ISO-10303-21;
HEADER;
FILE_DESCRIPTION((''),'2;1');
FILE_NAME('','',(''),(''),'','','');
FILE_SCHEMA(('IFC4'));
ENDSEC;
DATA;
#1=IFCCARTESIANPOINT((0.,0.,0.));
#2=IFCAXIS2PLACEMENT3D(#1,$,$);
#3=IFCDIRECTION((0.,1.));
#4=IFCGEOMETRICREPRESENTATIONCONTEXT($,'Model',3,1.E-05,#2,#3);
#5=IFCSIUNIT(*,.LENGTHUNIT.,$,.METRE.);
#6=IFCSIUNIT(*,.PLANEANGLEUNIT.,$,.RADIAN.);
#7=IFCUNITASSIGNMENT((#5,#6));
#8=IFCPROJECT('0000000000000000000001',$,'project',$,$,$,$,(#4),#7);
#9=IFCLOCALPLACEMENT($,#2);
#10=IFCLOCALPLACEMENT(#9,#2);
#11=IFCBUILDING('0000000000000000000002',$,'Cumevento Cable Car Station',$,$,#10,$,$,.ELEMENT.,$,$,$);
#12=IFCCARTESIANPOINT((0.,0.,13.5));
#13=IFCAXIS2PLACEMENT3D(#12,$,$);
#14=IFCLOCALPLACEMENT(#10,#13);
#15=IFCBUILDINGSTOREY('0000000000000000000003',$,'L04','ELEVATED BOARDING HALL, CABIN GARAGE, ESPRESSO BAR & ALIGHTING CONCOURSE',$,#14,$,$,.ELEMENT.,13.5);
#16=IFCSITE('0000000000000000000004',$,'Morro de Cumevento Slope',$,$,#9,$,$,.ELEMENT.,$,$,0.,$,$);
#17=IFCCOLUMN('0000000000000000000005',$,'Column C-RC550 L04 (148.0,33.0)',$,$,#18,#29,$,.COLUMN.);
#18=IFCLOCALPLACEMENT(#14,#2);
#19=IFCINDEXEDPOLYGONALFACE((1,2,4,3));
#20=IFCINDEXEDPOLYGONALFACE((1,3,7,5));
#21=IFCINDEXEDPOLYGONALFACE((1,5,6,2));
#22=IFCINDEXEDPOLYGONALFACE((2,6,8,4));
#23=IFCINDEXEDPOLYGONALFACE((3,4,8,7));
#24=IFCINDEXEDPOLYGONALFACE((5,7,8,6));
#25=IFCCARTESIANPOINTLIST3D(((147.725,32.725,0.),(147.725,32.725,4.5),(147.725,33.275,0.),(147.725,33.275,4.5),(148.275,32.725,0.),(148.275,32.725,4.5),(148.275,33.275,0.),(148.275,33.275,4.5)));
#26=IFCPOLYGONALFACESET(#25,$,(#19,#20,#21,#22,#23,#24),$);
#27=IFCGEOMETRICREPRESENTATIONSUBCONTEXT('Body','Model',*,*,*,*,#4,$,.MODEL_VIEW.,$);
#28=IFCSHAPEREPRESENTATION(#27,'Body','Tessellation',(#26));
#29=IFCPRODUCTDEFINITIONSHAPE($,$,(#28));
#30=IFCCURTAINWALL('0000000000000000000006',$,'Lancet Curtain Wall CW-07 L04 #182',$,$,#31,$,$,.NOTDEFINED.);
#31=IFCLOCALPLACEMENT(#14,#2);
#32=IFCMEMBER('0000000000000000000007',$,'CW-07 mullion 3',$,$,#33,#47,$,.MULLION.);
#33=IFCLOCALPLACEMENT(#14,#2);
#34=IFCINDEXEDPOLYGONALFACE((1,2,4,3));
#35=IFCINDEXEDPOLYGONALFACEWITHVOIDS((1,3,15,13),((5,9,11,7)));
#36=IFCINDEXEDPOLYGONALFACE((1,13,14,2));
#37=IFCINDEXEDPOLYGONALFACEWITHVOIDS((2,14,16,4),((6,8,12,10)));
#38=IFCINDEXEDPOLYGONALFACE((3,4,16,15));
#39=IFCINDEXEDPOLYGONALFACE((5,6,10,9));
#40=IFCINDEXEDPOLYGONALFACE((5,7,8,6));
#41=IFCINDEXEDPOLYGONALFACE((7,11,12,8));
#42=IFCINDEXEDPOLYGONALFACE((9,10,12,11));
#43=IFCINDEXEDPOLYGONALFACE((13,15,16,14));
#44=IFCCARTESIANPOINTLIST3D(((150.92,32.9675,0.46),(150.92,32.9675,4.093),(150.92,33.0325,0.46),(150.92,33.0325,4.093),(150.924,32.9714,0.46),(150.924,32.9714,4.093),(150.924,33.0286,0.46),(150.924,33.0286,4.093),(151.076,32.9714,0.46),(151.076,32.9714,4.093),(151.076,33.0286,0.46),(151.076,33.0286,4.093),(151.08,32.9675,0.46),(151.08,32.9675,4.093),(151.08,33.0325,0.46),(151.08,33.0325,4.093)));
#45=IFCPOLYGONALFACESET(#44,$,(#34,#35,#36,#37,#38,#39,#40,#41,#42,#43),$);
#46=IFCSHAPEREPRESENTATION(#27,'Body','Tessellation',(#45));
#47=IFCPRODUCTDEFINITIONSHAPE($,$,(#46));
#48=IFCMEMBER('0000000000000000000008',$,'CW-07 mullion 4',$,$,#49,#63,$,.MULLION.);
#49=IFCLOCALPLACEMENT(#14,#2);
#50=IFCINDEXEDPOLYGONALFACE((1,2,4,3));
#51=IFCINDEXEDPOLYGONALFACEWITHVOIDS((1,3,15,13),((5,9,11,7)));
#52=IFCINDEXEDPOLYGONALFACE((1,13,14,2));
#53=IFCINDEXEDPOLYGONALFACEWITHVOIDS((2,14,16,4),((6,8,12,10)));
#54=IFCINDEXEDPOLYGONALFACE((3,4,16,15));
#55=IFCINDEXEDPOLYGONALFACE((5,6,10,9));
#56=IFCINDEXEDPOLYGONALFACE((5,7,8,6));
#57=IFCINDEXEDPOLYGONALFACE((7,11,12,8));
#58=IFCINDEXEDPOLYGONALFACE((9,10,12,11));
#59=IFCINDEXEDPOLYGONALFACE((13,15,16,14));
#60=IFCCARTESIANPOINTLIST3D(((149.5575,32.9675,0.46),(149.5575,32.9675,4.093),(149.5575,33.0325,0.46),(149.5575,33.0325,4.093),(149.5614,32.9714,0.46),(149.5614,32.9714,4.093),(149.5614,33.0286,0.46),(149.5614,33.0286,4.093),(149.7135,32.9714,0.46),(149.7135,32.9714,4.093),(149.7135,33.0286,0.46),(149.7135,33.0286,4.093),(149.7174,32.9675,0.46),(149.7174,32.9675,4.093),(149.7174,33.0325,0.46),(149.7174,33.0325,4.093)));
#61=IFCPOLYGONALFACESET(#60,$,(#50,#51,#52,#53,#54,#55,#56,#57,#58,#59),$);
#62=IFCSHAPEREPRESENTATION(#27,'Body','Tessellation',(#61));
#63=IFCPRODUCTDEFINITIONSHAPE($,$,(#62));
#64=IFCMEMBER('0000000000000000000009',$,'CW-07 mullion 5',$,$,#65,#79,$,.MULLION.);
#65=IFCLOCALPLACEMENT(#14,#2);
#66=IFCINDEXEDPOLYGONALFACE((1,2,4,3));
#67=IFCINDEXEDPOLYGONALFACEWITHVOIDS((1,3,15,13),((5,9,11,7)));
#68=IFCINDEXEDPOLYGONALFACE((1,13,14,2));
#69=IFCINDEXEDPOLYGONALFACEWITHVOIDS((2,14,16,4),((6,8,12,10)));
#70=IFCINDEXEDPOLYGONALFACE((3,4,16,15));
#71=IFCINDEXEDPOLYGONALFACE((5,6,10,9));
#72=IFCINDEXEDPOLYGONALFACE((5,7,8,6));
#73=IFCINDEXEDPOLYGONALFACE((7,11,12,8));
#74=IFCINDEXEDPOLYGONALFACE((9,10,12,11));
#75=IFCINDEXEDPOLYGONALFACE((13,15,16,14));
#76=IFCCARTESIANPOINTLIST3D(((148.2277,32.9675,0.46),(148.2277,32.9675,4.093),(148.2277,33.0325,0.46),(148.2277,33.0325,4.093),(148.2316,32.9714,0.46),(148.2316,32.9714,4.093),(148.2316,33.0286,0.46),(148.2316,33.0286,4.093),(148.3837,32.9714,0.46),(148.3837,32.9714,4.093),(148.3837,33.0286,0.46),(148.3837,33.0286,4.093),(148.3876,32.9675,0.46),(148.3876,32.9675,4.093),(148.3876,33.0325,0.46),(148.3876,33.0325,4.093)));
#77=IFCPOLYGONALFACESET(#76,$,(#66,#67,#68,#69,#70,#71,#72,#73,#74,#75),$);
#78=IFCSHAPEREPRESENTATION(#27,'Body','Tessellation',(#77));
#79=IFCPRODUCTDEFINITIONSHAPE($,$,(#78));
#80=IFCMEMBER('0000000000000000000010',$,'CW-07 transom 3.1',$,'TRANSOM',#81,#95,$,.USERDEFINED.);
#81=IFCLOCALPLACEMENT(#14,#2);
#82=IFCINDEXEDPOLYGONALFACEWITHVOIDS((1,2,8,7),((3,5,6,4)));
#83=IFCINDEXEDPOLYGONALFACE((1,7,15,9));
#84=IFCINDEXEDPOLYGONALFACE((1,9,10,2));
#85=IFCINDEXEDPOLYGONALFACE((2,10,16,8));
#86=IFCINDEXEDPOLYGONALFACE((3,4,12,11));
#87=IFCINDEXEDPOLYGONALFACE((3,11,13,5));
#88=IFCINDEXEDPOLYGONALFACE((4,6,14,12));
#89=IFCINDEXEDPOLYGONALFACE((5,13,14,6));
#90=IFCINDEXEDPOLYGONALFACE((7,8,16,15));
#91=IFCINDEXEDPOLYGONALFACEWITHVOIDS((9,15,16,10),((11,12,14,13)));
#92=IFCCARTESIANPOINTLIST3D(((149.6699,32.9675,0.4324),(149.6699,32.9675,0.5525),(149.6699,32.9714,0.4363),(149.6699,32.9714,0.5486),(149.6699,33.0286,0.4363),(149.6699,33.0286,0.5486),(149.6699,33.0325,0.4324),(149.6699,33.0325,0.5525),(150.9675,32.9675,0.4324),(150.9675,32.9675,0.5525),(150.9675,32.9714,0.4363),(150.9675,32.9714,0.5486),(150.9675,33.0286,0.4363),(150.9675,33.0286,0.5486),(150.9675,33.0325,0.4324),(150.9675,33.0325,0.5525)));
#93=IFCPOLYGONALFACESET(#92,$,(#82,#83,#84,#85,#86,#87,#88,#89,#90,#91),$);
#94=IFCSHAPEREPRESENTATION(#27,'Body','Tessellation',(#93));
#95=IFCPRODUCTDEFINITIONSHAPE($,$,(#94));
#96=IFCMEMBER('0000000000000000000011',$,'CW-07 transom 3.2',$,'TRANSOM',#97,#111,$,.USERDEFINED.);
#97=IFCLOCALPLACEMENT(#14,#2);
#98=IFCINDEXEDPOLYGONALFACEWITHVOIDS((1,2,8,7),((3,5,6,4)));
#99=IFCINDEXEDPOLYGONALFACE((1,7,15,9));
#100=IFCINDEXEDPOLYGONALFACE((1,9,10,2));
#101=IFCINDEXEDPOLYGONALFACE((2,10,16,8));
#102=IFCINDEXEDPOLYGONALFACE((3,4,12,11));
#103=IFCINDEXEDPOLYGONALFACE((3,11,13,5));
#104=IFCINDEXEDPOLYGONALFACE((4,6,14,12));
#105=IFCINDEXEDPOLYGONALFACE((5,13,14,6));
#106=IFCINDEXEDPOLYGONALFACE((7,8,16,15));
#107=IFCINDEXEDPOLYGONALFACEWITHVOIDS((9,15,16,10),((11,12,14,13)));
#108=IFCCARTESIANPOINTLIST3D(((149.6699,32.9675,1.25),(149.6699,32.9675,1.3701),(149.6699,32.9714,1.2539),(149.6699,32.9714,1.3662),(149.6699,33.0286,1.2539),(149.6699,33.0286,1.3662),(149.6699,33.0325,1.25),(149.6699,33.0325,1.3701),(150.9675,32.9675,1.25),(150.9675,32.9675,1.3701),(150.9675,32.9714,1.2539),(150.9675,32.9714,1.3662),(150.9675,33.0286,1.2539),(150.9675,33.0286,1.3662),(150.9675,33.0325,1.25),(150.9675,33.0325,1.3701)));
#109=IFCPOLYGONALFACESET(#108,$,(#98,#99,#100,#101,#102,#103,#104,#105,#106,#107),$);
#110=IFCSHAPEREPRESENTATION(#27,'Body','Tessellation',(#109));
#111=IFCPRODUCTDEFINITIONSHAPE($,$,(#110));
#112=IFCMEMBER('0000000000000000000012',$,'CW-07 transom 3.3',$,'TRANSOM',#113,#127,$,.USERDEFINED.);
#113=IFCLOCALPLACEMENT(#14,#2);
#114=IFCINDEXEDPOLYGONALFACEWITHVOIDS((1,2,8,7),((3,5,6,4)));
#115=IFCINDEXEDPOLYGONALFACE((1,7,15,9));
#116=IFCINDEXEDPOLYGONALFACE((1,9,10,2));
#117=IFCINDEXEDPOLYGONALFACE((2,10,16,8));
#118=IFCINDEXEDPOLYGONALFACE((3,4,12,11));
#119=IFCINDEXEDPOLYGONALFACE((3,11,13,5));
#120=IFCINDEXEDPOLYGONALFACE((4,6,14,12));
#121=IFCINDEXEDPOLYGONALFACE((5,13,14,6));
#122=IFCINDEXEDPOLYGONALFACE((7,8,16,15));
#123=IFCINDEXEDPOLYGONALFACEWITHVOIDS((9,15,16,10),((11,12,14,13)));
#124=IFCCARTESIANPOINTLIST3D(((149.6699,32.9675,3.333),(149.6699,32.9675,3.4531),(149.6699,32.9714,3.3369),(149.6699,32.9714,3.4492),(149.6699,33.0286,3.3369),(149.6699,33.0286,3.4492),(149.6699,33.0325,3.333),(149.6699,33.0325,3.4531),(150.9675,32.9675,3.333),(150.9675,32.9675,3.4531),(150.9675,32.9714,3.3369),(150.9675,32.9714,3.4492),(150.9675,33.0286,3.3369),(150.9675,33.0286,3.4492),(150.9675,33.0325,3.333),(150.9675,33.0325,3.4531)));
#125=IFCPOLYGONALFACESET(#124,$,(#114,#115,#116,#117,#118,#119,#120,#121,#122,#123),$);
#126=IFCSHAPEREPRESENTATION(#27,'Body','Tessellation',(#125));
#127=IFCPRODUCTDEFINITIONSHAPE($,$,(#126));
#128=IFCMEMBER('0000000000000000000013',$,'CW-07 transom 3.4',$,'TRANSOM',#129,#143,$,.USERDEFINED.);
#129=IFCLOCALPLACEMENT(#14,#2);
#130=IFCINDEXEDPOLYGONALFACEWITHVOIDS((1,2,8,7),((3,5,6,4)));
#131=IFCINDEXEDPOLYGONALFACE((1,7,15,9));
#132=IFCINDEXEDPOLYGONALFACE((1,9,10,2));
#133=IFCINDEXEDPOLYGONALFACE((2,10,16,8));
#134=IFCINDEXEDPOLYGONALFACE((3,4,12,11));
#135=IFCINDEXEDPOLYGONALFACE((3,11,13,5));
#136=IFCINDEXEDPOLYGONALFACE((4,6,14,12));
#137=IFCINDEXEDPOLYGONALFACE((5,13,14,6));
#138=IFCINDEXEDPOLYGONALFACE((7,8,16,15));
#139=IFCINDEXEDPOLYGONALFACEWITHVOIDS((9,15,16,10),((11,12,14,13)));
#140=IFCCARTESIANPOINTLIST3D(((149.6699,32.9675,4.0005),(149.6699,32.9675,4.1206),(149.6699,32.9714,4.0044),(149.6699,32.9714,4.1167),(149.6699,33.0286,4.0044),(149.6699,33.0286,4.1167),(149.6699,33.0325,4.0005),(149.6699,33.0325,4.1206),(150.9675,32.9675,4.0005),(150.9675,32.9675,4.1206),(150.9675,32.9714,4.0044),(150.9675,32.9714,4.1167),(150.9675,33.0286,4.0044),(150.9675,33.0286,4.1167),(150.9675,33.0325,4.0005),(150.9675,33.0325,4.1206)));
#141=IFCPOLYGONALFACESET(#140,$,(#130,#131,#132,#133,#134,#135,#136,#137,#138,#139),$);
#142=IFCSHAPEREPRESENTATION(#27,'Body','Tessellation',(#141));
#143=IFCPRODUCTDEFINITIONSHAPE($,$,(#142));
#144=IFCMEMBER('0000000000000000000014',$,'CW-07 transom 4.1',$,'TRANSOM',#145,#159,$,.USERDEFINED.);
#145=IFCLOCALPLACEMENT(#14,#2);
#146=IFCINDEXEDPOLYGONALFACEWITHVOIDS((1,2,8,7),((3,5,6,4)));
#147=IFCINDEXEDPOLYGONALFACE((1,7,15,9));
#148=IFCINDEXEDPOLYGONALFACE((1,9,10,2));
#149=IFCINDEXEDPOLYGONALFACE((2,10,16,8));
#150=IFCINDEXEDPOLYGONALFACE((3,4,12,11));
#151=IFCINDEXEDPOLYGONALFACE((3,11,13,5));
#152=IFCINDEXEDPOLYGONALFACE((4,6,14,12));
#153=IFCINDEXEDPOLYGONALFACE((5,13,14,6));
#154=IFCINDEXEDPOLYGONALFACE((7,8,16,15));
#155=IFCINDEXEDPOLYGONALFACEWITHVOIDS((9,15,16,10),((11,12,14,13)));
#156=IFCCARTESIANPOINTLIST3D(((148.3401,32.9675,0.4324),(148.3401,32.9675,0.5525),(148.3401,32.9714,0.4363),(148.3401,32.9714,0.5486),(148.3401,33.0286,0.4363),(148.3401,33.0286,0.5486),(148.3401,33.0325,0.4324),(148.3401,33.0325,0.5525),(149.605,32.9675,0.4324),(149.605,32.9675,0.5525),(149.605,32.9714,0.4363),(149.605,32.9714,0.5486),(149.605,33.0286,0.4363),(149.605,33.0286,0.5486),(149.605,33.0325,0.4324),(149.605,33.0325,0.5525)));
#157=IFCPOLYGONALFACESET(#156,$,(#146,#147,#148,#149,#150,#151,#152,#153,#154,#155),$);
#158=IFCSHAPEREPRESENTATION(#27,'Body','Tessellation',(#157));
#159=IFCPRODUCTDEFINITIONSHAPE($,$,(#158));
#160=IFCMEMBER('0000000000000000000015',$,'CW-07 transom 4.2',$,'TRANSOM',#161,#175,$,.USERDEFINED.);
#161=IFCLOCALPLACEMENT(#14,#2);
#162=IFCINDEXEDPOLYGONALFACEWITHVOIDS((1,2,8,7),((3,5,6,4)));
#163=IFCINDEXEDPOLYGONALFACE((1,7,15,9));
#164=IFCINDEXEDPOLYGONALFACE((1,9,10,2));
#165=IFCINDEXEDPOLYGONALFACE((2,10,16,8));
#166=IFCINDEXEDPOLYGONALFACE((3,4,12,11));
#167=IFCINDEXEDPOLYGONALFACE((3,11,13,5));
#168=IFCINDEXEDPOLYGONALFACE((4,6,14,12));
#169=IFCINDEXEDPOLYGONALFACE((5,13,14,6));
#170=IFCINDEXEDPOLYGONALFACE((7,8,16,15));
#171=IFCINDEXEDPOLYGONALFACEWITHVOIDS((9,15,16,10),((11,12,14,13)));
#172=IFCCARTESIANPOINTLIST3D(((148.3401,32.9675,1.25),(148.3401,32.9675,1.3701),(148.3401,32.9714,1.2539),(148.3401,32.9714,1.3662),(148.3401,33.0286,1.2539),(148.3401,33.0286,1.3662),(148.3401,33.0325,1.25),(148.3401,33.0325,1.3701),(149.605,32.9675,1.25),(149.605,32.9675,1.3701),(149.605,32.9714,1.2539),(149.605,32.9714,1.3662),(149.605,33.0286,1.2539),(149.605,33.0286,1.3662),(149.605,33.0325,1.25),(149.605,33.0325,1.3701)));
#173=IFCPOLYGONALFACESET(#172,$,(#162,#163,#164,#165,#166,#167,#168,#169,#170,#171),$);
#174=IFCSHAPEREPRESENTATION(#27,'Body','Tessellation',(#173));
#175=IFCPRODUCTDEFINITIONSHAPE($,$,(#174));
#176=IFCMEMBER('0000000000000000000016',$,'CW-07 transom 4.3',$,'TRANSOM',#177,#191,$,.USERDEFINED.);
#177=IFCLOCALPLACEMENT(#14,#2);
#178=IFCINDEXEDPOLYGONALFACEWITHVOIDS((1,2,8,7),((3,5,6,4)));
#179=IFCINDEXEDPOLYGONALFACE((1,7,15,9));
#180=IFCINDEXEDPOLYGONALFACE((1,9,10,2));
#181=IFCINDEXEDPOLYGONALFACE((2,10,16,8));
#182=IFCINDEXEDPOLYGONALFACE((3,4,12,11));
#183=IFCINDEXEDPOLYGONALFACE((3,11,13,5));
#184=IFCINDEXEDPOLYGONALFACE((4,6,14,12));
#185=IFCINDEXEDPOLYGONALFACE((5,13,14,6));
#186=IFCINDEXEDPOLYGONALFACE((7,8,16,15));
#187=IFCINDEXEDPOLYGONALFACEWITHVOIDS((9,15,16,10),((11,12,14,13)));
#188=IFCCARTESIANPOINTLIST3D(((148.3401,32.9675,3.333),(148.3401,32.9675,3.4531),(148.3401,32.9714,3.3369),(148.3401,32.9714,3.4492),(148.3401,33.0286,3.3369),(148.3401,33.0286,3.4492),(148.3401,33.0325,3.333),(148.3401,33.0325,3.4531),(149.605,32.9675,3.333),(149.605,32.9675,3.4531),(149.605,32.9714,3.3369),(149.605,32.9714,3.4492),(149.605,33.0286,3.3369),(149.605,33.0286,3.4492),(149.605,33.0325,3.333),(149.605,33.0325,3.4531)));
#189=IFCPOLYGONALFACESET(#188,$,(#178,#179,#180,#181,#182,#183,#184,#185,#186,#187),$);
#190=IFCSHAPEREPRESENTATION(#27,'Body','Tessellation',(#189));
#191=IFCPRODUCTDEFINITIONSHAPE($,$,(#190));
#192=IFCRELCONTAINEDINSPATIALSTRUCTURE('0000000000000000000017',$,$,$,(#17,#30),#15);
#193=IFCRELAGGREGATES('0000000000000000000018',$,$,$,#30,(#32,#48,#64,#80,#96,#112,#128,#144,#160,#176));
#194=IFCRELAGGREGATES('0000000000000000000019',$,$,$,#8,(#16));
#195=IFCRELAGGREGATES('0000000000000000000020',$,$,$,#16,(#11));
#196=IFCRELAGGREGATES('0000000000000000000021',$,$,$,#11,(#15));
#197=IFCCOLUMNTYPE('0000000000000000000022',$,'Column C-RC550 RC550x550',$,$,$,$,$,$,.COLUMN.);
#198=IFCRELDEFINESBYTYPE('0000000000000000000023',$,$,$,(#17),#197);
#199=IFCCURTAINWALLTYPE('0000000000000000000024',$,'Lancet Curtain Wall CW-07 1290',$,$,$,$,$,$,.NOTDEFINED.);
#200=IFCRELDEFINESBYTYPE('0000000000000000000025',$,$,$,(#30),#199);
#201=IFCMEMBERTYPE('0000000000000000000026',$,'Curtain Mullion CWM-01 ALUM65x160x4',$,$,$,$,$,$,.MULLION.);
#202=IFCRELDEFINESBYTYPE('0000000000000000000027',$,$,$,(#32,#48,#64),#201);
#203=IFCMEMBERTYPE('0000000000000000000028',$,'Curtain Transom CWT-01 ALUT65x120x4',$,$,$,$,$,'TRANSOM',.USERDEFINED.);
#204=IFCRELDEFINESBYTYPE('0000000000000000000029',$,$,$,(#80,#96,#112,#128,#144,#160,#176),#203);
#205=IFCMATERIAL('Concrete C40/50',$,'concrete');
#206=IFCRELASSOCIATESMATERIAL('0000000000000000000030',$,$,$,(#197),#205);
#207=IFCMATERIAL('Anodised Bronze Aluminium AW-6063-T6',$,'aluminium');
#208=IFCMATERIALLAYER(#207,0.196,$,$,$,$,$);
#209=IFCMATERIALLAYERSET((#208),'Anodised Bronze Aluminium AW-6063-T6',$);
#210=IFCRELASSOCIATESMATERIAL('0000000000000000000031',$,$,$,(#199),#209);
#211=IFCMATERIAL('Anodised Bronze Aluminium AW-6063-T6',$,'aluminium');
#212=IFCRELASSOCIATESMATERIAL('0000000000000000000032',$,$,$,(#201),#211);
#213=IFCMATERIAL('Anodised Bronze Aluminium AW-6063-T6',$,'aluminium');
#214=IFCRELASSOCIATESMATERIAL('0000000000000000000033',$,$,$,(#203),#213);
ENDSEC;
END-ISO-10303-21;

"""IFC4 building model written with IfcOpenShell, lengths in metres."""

from ifc_helpers import new_model, si_unit, direction, frame, origin, origin_2d, place, context, subcontext, project, spatial, rectangle, hollow_rectangle, extrude, material, layer, layer_set, material_profile, profile_set, type_object, element, aggregate, save


model = new_model("IFC4")

# Units and contexts
model_context = context("Model", 3, precision=1e-05, world=origin(), true_north=direction((0.0, 1.0)))
body_context = subcontext(model_context, "Body", "Model", "MODEL_VIEW")
ifc_project = project(units=[si_unit("LENGTHUNIT", "METRE"), si_unit("PLANEANGLEUNIT", "RADIAN")], contexts=[model_context])

# Site, building, storey
site_placement = place(None, origin())
site = spatial("IfcSite", under=ifc_project, at=site_placement, Name="Morro de Cumevento Slope", CompositionType="ELEMENT", RefElevation=0.0)
building_placement = place(site_placement, origin())
building = spatial("IfcBuilding", under=site, at=building_placement, Name="Cumevento Cable Car Station", CompositionType="ELEMENT")
storey_placement = place(building_placement, frame((0.0, 0.0, 13.5)))
storey = spatial("IfcBuildingStorey", under=building, at=storey_placement, Name="L04", Description="ELEVATED BOARDING HALL, CABIN GARAGE, ESPRESSO BAR & ALIGHTING CONCOURSE", CompositionType="ELEMENT", Elevation=13.5)

# Column
ifc_material_1 = material(Name="Concrete C40/50", Category="concrete")
ifc_material_profile_1 = material_profile(ifc_material_1, rectangle(XDim=0.55, YDim=0.55, at=origin_2d()), Name="RC550x550")
ifc_profile_set_1 = profile_set([ifc_material_profile_1], Name="Concrete C40/50")
column_type = type_object("IfcColumnType", Name="Column C-RC550 RC550x550", PredefinedType="COLUMN", material=ifc_profile_set_1)
column_placement = place(storey_placement, frame((148.0, 33.0, 0.0), z_axis=(0.0, 0.0, 1.0), x_axis=(1.0, 0.0, 0.0)))
element("IfcColumn", 1, at=column_placement, inside=storey, type_object=column_type, Name="Column C-RC550 L04 (148.0,33.0)", PredefinedType="COLUMN", context=body_context, shape_type="SweptSolid", body=[
    extrude(rectangle(XDim=0.55, YDim=0.55, at=origin_2d()), origin(), (0.0, 0.0, 1.0), 4.5),
])

# Curtain wall, members
ifc_material_2 = material(Name="Anodised Bronze Aluminium AW-6063-T6", Category="aluminium")
ifc_layer_1 = layer(ifc_material_2, 0.196)
ifc_layer_set_1 = layer_set([ifc_layer_1], Name="Anodised Bronze Aluminium AW-6063-T6")
curtain_wall_type = type_object("IfcCurtainWallType", Name="Lancet Curtain Wall CW-07 1290", PredefinedType="NOTDEFINED", material=ifc_layer_set_1)
curtain_wall_placement = place(storey_placement, origin())
curtain_wall = element("IfcCurtainWall", 2, at=curtain_wall_placement, inside=storey, type_object=curtain_wall_type, Name="Lancet Curtain Wall CW-07 L04 #182", PredefinedType="NOTDEFINED")
ifc_material_3 = material(Name="Anodised Bronze Aluminium AW-6063-T6", Category="aluminium")
ifc_material_profile_2 = material_profile(ifc_material_3, hollow_rectangle(XDim=0.0649, YDim=0.1599, WallThickness=0.0039, at=origin_2d()), Name="ALUM65x160x4")
ifc_profile_set_2 = profile_set([ifc_material_profile_2], Name="Anodised Bronze Aluminium AW-6063-T6")
member_type_1 = type_object("IfcMemberType", Name="Curtain Mullion CWM-01 ALUM65x160x4", PredefinedType="MULLION", material=ifc_profile_set_2)
member_1_placement = place(storey_placement, frame((151.0, 33.0, 0.46), z_axis=(0.0, 0.0, 1.0), x_axis=(0.0, -1.0, 0.0)))
member_1 = element("IfcMember", 3, at=member_1_placement, type_object=member_type_1, Name="CW-07 mullion 3", PredefinedType="MULLION", context=body_context, shape_type="SweptSolid", body=[
    extrude(hollow_rectangle(XDim=0.0649, YDim=0.1599, WallThickness=0.0039, at=origin_2d()), origin(), (0.0, 0.0, 1.0), 3.6331),
])
member_2_placement = place(storey_placement, frame((149.6375, 33.0, 0.46), z_axis=(0.0, 0.0, 1.0), x_axis=(0.0, -1.0, 0.0)))
member_2 = element("IfcMember", 4, at=member_2_placement, type_object=member_type_1, Name="CW-07 mullion 4", PredefinedType="MULLION", context=body_context, shape_type="SweptSolid", body=[
    extrude(hollow_rectangle(XDim=0.0649, YDim=0.1599, WallThickness=0.0039, at=origin_2d()), origin(), (0.0, 0.0, 1.0), 3.6331),
])
member_3_placement = place(storey_placement, frame((148.3076, 33.0, 0.46), z_axis=(0.0, 0.0, 1.0), x_axis=(0.0, -1.0, 0.0)))
member_3 = element("IfcMember", 5, at=member_3_placement, type_object=member_type_1, Name="CW-07 mullion 5", PredefinedType="MULLION", context=body_context, shape_type="SweptSolid", body=[
    extrude(hollow_rectangle(XDim=0.0649, YDim=0.1599, WallThickness=0.0039, at=origin_2d()), origin(), (0.0, 0.0, 1.0), 3.6331),
])
ifc_material_4 = material(Name="Anodised Bronze Aluminium AW-6063-T6", Category="aluminium")
ifc_material_profile_3 = material_profile(ifc_material_4, hollow_rectangle(XDim=0.0649, YDim=0.1201, WallThickness=0.0039, at=origin_2d()), Name="ALUT65x120x4")
ifc_profile_set_3 = profile_set([ifc_material_profile_3], Name="Anodised Bronze Aluminium AW-6063-T6")
member_type_2 = type_object("IfcMemberType", Name="Curtain Transom CWT-01 ALUT65x120x4", ElementType="TRANSOM", PredefinedType="USERDEFINED", material=ifc_profile_set_3)
member_4_placement = place(storey_placement, frame((150.9675, 33.0, 0.4924), z_axis=(-1.0, 0.0, 0.0), x_axis=(0.0, -1.0, 0.0)))
member_4 = element("IfcMember", 6, at=member_4_placement, type_object=member_type_2, Name="CW-07 transom 3.1", ObjectType="TRANSOM", PredefinedType="USERDEFINED", context=body_context, shape_type="SweptSolid", body=[
    extrude(hollow_rectangle(XDim=0.0649, YDim=0.1201, WallThickness=0.0039, at=origin_2d()), origin(), (0.0, 0.0, 1.0), 1.2976),
])
member_5_placement = place(storey_placement, frame((150.9675, 33.0, 1.3101), z_axis=(-1.0, 0.0, 0.0), x_axis=(0.0, -1.0, 0.0)))
member_5 = element("IfcMember", 7, at=member_5_placement, type_object=member_type_2, Name="CW-07 transom 3.2", ObjectType="TRANSOM", PredefinedType="USERDEFINED", context=body_context, shape_type="SweptSolid", body=[
    extrude(hollow_rectangle(XDim=0.0649, YDim=0.1201, WallThickness=0.0039, at=origin_2d()), origin(), (0.0, 0.0, 1.0), 1.2976),
])
member_6_placement = place(storey_placement, frame((150.9675, 33.0, 3.3931), z_axis=(-1.0, 0.0, 0.0), x_axis=(0.0, -1.0, 0.0)))
member_6 = element("IfcMember", 8, at=member_6_placement, type_object=member_type_2, Name="CW-07 transom 3.3", ObjectType="TRANSOM", PredefinedType="USERDEFINED", context=body_context, shape_type="SweptSolid", body=[
    extrude(hollow_rectangle(XDim=0.0649, YDim=0.1201, WallThickness=0.0039, at=origin_2d()), origin(), (0.0, 0.0, 1.0), 1.2976),
])
member_7_placement = place(storey_placement, frame((150.9675, 33.0, 4.0605), z_axis=(-1.0, 0.0, 0.0), x_axis=(0.0, -1.0, 0.0)))
member_7 = element("IfcMember", 9, at=member_7_placement, type_object=member_type_2, Name="CW-07 transom 3.4", ObjectType="TRANSOM", PredefinedType="USERDEFINED", context=body_context, shape_type="SweptSolid", body=[
    extrude(hollow_rectangle(XDim=0.0649, YDim=0.1201, WallThickness=0.0039, at=origin_2d()), origin(), (0.0, 0.0, 1.0), 1.2976),
])
member_8_placement = place(storey_placement, frame((149.605, 33.0, 0.4924), z_axis=(-1.0, 0.0, 0.0), x_axis=(0.0, -1.0, 0.0)))
member_8 = element("IfcMember", 10, at=member_8_placement, type_object=member_type_2, Name="CW-07 transom 4.1", ObjectType="TRANSOM", PredefinedType="USERDEFINED", context=body_context, shape_type="SweptSolid", body=[
    extrude(hollow_rectangle(XDim=0.0649, YDim=0.1201, WallThickness=0.0039, at=origin_2d()), origin(), (0.0, 0.0, 1.0), 1.2649),
])
member_9_placement = place(storey_placement, frame((149.605, 33.0, 1.3101), z_axis=(-1.0, 0.0, 0.0), x_axis=(0.0, -1.0, 0.0)))
member_9 = element("IfcMember", 11, at=member_9_placement, type_object=member_type_2, Name="CW-07 transom 4.2", ObjectType="TRANSOM", PredefinedType="USERDEFINED", context=body_context, shape_type="SweptSolid", body=[
    extrude(hollow_rectangle(XDim=0.0649, YDim=0.1201, WallThickness=0.0039, at=origin_2d()), origin(), (0.0, 0.0, 1.0), 1.2649),
])
member_10_placement = place(storey_placement, frame((149.605, 33.0, 3.3931), z_axis=(-1.0, 0.0, 0.0), x_axis=(0.0, -1.0, 0.0)))
member_10 = element("IfcMember", 12, at=member_10_placement, type_object=member_type_2, Name="CW-07 transom 4.3", ObjectType="TRANSOM", PredefinedType="USERDEFINED", context=body_context, shape_type="SweptSolid", body=[
    extrude(hollow_rectangle(XDim=0.0649, YDim=0.1201, WallThickness=0.0039, at=origin_2d()), origin(), (0.0, 0.0, 1.0), 1.2649),
])

aggregate(curtain_wall, [member_1, member_2, member_3, member_4, member_5, member_6, member_7, member_8, member_9, member_10])

save(model, "model.ifc")
